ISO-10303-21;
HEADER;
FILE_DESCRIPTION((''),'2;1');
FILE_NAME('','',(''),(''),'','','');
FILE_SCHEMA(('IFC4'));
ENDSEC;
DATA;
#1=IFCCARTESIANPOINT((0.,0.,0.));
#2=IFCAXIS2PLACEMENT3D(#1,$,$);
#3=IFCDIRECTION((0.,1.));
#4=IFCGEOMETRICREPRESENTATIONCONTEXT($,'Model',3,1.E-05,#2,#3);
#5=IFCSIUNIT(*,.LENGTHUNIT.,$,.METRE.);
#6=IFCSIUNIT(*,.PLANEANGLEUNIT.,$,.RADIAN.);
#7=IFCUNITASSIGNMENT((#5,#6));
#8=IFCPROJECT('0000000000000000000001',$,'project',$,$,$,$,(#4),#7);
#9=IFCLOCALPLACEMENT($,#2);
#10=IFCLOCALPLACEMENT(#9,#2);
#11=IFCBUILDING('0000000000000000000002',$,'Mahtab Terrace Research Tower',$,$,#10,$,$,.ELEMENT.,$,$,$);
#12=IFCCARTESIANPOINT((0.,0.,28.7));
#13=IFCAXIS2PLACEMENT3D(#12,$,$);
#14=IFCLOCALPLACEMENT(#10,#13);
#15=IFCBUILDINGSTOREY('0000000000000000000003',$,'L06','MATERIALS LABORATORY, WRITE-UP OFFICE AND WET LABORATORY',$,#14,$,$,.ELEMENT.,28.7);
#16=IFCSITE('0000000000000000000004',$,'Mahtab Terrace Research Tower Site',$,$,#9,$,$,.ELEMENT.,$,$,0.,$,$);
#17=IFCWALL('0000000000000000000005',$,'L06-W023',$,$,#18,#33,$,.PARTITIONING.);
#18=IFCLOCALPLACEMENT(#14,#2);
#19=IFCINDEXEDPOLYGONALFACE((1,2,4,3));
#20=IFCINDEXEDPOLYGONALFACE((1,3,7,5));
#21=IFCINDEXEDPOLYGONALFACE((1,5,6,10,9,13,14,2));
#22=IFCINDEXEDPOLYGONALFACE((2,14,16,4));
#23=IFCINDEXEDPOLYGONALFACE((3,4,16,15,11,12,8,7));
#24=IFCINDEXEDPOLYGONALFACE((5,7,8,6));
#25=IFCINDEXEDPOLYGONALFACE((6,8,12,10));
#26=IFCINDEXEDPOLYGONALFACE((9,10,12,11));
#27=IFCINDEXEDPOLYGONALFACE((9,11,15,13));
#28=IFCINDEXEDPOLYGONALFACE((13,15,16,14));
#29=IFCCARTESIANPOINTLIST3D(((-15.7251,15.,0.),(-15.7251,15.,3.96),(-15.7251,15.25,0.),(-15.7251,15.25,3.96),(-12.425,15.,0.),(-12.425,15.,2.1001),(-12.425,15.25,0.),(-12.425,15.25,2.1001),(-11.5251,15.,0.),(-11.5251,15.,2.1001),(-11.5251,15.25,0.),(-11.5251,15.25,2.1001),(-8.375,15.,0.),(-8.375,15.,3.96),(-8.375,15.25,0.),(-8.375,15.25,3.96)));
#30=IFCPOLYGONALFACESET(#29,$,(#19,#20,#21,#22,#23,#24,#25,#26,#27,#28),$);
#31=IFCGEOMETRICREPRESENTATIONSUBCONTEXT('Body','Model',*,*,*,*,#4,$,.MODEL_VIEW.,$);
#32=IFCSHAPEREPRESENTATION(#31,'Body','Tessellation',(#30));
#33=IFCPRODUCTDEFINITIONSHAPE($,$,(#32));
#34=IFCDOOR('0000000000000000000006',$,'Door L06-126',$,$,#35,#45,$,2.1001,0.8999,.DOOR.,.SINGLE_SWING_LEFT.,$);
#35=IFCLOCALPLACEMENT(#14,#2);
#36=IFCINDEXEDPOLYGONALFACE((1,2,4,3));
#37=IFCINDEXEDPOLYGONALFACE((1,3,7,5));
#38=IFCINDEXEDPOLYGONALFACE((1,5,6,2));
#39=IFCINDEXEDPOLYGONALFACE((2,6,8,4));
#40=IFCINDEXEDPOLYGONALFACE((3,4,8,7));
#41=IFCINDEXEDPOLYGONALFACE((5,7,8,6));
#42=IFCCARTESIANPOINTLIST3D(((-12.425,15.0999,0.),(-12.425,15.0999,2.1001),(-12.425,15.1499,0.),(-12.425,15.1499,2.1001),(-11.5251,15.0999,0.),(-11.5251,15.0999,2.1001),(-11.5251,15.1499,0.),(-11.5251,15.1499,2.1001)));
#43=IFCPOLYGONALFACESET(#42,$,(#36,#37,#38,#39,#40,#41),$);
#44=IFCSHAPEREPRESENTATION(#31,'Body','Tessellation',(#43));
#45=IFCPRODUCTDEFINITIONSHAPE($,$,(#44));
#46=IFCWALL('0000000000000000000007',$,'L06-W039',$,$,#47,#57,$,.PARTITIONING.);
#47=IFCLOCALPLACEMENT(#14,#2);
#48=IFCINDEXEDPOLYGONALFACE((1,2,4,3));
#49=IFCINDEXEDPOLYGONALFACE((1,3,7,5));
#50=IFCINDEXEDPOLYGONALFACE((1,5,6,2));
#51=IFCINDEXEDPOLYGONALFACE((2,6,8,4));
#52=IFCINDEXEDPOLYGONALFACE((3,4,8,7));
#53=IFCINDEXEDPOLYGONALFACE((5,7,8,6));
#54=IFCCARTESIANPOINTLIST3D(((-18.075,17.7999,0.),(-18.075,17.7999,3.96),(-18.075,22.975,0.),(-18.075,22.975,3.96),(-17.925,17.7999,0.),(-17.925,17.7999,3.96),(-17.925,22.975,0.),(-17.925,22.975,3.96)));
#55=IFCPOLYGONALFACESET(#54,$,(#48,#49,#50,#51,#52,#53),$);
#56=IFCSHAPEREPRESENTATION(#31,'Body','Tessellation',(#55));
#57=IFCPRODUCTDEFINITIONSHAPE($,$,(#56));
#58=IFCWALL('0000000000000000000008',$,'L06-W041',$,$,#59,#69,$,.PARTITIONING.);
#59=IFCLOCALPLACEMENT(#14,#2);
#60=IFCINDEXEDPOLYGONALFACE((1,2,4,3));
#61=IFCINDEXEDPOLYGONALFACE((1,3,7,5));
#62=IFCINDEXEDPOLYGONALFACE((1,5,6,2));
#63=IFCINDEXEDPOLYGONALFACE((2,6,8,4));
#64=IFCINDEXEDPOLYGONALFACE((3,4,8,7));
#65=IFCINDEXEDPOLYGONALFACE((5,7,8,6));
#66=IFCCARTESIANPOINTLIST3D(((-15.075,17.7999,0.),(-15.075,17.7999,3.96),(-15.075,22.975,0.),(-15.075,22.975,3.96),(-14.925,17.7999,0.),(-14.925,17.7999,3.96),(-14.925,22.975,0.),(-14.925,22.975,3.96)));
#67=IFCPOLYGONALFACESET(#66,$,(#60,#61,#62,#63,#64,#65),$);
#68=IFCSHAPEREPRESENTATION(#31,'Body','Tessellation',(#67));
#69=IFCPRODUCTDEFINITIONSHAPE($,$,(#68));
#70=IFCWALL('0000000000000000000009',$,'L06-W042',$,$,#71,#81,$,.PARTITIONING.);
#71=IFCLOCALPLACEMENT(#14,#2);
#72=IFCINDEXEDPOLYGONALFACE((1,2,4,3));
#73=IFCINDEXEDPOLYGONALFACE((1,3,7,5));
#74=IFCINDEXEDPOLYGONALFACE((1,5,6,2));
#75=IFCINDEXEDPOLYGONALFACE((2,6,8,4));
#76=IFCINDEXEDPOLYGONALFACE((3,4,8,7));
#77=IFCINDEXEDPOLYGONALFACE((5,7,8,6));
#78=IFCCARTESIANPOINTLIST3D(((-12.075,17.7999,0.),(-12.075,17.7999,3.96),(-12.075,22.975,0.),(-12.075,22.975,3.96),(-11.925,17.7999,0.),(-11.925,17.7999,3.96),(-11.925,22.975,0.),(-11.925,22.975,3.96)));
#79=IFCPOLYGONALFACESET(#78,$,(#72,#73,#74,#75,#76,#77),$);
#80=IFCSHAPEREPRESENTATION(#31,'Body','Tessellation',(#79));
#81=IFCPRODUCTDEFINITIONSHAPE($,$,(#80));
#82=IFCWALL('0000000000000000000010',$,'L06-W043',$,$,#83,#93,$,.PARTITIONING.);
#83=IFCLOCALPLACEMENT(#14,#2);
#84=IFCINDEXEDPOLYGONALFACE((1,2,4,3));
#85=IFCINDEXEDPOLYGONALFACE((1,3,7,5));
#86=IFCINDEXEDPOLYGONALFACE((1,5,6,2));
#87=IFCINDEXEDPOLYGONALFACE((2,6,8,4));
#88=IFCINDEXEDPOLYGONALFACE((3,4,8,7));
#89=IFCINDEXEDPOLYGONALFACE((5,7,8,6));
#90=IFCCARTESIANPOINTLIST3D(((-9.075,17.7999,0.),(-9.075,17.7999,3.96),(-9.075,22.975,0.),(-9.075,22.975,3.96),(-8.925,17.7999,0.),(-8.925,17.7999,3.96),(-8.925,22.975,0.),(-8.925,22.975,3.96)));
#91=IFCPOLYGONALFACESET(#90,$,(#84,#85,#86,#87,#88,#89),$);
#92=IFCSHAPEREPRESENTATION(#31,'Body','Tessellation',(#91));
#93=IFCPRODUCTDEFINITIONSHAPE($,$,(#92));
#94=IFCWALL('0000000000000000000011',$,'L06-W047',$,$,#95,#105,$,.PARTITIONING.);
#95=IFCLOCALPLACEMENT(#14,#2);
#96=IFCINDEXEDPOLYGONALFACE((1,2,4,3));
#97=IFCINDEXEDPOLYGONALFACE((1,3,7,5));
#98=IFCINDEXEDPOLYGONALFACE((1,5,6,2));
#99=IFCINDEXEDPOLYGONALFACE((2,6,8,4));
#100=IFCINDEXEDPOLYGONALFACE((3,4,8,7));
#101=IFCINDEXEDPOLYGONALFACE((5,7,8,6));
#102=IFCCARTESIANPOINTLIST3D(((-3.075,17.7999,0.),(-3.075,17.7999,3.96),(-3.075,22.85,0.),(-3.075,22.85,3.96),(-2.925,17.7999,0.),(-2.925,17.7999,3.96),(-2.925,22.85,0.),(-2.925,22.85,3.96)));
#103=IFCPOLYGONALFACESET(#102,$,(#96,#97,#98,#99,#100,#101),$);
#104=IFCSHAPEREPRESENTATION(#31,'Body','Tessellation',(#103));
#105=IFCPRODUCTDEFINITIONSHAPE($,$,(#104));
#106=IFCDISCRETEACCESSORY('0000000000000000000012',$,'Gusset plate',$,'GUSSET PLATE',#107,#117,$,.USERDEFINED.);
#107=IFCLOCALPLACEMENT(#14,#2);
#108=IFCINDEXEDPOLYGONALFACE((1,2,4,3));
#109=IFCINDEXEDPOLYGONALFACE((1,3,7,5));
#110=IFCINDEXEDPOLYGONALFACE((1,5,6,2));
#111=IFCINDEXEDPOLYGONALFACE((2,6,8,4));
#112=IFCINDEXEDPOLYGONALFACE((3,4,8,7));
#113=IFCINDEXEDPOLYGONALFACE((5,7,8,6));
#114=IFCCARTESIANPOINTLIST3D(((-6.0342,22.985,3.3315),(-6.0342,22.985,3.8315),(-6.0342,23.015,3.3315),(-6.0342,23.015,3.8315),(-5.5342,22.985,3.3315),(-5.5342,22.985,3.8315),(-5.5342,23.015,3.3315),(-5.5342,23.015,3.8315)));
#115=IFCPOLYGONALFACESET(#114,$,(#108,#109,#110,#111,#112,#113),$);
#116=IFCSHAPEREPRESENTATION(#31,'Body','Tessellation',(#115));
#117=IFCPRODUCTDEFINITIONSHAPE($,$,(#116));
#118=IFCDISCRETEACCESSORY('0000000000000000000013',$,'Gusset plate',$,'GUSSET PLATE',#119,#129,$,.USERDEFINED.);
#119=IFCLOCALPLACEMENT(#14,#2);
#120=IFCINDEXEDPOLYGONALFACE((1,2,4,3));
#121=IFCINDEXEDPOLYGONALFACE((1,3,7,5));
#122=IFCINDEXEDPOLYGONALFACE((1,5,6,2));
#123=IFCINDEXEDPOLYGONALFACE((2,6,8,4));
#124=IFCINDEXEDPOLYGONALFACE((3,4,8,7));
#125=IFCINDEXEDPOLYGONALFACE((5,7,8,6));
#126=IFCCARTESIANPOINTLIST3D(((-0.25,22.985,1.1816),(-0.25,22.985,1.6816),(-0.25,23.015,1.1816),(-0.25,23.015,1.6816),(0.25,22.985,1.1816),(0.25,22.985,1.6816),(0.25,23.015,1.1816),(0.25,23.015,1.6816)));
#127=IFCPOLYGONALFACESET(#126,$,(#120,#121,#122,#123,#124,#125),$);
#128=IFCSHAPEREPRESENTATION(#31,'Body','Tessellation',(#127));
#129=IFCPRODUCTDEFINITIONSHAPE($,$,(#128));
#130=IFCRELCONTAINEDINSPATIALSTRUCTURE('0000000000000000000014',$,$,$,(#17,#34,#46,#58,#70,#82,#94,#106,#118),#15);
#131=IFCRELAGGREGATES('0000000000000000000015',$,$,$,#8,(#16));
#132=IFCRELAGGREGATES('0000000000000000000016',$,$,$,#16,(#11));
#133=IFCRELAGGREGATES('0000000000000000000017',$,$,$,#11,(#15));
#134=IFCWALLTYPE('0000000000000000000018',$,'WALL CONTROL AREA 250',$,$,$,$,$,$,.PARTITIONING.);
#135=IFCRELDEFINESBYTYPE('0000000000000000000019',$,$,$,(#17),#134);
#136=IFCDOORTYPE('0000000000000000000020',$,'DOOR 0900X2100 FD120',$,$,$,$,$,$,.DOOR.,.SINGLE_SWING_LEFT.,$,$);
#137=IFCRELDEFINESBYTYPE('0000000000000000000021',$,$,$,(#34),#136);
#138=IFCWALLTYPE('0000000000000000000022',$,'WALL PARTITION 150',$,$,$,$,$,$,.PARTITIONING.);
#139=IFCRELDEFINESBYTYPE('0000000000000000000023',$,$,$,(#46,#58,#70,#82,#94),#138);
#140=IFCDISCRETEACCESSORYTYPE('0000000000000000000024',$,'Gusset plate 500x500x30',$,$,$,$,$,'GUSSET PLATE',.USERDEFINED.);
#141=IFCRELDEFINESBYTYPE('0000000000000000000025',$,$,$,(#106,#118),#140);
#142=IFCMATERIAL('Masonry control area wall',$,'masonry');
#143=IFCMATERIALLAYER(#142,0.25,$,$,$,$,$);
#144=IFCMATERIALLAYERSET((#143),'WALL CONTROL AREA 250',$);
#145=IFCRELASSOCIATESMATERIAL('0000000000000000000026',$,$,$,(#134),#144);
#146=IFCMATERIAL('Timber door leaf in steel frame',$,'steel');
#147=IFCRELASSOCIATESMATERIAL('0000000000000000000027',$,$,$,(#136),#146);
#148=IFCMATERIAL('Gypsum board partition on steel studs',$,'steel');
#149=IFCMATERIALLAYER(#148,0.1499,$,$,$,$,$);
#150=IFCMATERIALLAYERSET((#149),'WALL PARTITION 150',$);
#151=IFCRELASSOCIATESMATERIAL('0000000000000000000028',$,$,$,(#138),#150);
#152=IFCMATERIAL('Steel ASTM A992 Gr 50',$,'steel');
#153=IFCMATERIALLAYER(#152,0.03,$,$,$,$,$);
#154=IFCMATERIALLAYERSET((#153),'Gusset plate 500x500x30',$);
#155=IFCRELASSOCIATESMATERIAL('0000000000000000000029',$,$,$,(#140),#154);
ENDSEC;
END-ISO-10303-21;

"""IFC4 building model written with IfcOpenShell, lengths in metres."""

from ifc_helpers import new_model, si_unit, direction, frame, frame_2d, origin, origin_2d, place, context, subcontext, project, spatial, rectangle, extrude, material, layer, layer_set, type_object, element, fill, save


model = new_model("IFC4")

# Units and contexts
model_context = context("Model", 3, precision=1e-05, world=origin(), true_north=direction((0.0, 1.0)))
body_context = subcontext(model_context, "Body", "Model", "MODEL_VIEW")
ifc_project = project(units=[si_unit("LENGTHUNIT", "METRE"), si_unit("PLANEANGLEUNIT", "RADIAN")], contexts=[model_context])

# Site, building, storey
site_placement = place(None, origin())
site = spatial("IfcSite", under=ifc_project, at=site_placement, Name="Mahtab Terrace Research Tower Site", CompositionType="ELEMENT", RefElevation=0.0)
building_placement = place(site_placement, origin())
building = spatial("IfcBuilding", under=site, at=building_placement, Name="Mahtab Terrace Research Tower", CompositionType="ELEMENT")
storey_placement = place(building_placement, frame((0.0, 0.0, 28.7)))
storey = spatial("IfcBuildingStorey", under=building, at=storey_placement, Name="L06", Description="MATERIALS LABORATORY, WRITE-UP OFFICE AND WET LABORATORY", CompositionType="ELEMENT", Elevation=28.7)

# Shared definitions
ifc_material_1 = material(Name="Steel ASTM A992 Gr 50", Category="steel")

# Shared definitions
ifc_material_2 = material(Name="Masonry control area wall", Category="masonry")
ifc_layer_1 = layer(ifc_material_2, 0.25)
ifc_layer_set_1 = layer_set([ifc_layer_1], Name="WALL CONTROL AREA 250")
wall_type_1 = type_object("IfcWallType", Name="WALL CONTROL AREA 250", PredefinedType="PARTITIONING", material=ifc_layer_set_1)

# Wall, opening, door
wall_1_placement = place(storey_placement, frame((-15.7251, 15.125, 0.0), z_axis=(0.0, 0.0, 1.0), x_axis=(1.0, 0.0, 0.0)))
wall_1 = element("IfcWall", 1, at=wall_1_placement, inside=storey, type_object=wall_type_1, Name="L06-W023", PredefinedType="PARTITIONING", context=body_context, shape_type="SweptSolid", body=[
    extrude(rectangle(XDim=7.3501, YDim=0.25, at=frame_2d((3.675, 0.0))), origin(), (0.0, 0.0, 1.0), 3.96),
])
opening_1_placement = place(wall_1_placement, frame((3.3, 0.0, 0.0)))
opening_1 = element("IfcOpeningElement", 2, at=opening_1_placement, cuts=wall_1, PredefinedType="OPENING", context=body_context, shape_type="SweptSolid", body=[
    extrude(rectangle(XDim=0.8999, YDim=2.1001, at=frame_2d((0.45, 1.05))), frame((0.0, 0.135, 0.0), z_axis=(0.0, -1.0, 0.0), x_axis=(1.0, 0.0, 0.0)), (0.0, 0.0, 1.0), 0.27),
])
ifc_material_3 = material(Name="Timber door leaf in steel frame", Category="steel")
door_type_1 = type_object("IfcDoorType", Name="DOOR 0900X2100 FD120", OperationType="SINGLE_SWING_LEFT", PredefinedType="DOOR", material=ifc_material_3)
door_1_placement = place(opening_1_placement, origin())
door_1 = element("IfcDoor", 3, at=door_1_placement, inside=storey, type_object=door_type_1, Name="Door L06-126", OperationType="SINGLE_SWING_LEFT", OverallHeight=2.1001, OverallWidth=0.8999, PredefinedType="DOOR", context=body_context, shape_type="SweptSolid", body=[
    extrude(rectangle(XDim=0.8999, YDim=2.1001, at=frame_2d((0.45, 1.05))), frame((0.0, 0.0249, 0.0), z_axis=(0.0, -1.0, 0.0), x_axis=(1.0, 0.0, 0.0)), (0.0, 0.0, 1.0), 0.05),
])
fill(opening_1, door_1)

# Walls
ifc_material_4 = material(Name="Gypsum board partition on steel studs", Category="steel")
ifc_layer_2 = layer(ifc_material_4, 0.1499)
ifc_layer_set_2 = layer_set([ifc_layer_2], Name="WALL PARTITION 150")
wall_type_2 = type_object("IfcWallType", Name="WALL PARTITION 150", PredefinedType="PARTITIONING", material=ifc_layer_set_2)
for number, where, z_axis, x_axis, name in (
    (4, (-18.0, 17.8, 0.0), (0.0, 0.0, 1.0), (0.0, 1.0, 0.0), "L06-W039"),
    (5, (-15.0, 17.8, 0.0), (0.0, 0.0, 1.0), (0.0, 1.0, 0.0), "L06-W041"),
    (6, (-12.0, 17.8, 0.0), (0.0, 0.0, 1.0), (0.0, 1.0, 0.0), "L06-W042"),
    (7, (-9.0, 17.8, 0.0), (0.0, 0.0, 1.0), (0.0, 1.0, 0.0), "L06-W043"),
):
    element("IfcWall", number, at=place(storey_placement, frame(where, z_axis=z_axis, x_axis=x_axis)), inside=storey, type_object=wall_type_2, Name=name, PredefinedType="PARTITIONING", context=body_context, shape_type="SweptSolid", body=[
        extrude(rectangle(XDim=5.175, YDim=0.1499, at=frame_2d((2.5874, 0.0))), origin(), (0.0, 0.0, 1.0), 3.96),
    ])
wall_2_placement = place(storey_placement, frame((-3.0, 17.8, 0.0), z_axis=(0.0, 0.0, 1.0), x_axis=(0.0, 1.0, 0.0)))
element("IfcWall", 8, at=wall_2_placement, inside=storey, type_object=wall_type_2, Name="L06-W047", PredefinedType="PARTITIONING", context=body_context, shape_type="SweptSolid", body=[
    extrude(rectangle(XDim=5.05, YDim=0.1499, at=frame_2d((2.5249, 0.0))), origin(), (0.0, 0.0, 1.0), 3.96),
])

# Discrete accessories
ifc_layer_3 = layer(ifc_material_1, 0.03)
ifc_layer_set_3 = layer_set([ifc_layer_3], Name="Gusset plate 500x500x30")
discrete_accessory_type = type_object("IfcDiscreteAccessoryType", Name="Gusset plate 500x500x30", ElementType="GUSSET PLATE", PredefinedType="USERDEFINED", material=ifc_layer_set_3)
for number, where, z_axis, x_axis, name in (
    (9, (-5.7842, 23.0, 3.3315), (0.0, 0.0, 1.0), (1.0, 0.0, 0.0), "Gusset plate"),
    (10, (0.0, 23.0, 1.1816), (0.0, 0.0, 1.0), (1.0, 0.0, 0.0), "Gusset plate"),
):
    element("IfcDiscreteAccessory", number, at=place(storey_placement, frame(where, z_axis=z_axis, x_axis=x_axis)), inside=storey, type_object=discrete_accessory_type, Name=name, ObjectType="GUSSET PLATE", PredefinedType="USERDEFINED", context=body_context, shape_type="SweptSolid", body=[
        extrude(rectangle(XDim=0.5, YDim=0.03, at=origin_2d()), origin(), (0.0, 0.0, 1.0), 0.5),
    ])

save(model, "model.ifc")
